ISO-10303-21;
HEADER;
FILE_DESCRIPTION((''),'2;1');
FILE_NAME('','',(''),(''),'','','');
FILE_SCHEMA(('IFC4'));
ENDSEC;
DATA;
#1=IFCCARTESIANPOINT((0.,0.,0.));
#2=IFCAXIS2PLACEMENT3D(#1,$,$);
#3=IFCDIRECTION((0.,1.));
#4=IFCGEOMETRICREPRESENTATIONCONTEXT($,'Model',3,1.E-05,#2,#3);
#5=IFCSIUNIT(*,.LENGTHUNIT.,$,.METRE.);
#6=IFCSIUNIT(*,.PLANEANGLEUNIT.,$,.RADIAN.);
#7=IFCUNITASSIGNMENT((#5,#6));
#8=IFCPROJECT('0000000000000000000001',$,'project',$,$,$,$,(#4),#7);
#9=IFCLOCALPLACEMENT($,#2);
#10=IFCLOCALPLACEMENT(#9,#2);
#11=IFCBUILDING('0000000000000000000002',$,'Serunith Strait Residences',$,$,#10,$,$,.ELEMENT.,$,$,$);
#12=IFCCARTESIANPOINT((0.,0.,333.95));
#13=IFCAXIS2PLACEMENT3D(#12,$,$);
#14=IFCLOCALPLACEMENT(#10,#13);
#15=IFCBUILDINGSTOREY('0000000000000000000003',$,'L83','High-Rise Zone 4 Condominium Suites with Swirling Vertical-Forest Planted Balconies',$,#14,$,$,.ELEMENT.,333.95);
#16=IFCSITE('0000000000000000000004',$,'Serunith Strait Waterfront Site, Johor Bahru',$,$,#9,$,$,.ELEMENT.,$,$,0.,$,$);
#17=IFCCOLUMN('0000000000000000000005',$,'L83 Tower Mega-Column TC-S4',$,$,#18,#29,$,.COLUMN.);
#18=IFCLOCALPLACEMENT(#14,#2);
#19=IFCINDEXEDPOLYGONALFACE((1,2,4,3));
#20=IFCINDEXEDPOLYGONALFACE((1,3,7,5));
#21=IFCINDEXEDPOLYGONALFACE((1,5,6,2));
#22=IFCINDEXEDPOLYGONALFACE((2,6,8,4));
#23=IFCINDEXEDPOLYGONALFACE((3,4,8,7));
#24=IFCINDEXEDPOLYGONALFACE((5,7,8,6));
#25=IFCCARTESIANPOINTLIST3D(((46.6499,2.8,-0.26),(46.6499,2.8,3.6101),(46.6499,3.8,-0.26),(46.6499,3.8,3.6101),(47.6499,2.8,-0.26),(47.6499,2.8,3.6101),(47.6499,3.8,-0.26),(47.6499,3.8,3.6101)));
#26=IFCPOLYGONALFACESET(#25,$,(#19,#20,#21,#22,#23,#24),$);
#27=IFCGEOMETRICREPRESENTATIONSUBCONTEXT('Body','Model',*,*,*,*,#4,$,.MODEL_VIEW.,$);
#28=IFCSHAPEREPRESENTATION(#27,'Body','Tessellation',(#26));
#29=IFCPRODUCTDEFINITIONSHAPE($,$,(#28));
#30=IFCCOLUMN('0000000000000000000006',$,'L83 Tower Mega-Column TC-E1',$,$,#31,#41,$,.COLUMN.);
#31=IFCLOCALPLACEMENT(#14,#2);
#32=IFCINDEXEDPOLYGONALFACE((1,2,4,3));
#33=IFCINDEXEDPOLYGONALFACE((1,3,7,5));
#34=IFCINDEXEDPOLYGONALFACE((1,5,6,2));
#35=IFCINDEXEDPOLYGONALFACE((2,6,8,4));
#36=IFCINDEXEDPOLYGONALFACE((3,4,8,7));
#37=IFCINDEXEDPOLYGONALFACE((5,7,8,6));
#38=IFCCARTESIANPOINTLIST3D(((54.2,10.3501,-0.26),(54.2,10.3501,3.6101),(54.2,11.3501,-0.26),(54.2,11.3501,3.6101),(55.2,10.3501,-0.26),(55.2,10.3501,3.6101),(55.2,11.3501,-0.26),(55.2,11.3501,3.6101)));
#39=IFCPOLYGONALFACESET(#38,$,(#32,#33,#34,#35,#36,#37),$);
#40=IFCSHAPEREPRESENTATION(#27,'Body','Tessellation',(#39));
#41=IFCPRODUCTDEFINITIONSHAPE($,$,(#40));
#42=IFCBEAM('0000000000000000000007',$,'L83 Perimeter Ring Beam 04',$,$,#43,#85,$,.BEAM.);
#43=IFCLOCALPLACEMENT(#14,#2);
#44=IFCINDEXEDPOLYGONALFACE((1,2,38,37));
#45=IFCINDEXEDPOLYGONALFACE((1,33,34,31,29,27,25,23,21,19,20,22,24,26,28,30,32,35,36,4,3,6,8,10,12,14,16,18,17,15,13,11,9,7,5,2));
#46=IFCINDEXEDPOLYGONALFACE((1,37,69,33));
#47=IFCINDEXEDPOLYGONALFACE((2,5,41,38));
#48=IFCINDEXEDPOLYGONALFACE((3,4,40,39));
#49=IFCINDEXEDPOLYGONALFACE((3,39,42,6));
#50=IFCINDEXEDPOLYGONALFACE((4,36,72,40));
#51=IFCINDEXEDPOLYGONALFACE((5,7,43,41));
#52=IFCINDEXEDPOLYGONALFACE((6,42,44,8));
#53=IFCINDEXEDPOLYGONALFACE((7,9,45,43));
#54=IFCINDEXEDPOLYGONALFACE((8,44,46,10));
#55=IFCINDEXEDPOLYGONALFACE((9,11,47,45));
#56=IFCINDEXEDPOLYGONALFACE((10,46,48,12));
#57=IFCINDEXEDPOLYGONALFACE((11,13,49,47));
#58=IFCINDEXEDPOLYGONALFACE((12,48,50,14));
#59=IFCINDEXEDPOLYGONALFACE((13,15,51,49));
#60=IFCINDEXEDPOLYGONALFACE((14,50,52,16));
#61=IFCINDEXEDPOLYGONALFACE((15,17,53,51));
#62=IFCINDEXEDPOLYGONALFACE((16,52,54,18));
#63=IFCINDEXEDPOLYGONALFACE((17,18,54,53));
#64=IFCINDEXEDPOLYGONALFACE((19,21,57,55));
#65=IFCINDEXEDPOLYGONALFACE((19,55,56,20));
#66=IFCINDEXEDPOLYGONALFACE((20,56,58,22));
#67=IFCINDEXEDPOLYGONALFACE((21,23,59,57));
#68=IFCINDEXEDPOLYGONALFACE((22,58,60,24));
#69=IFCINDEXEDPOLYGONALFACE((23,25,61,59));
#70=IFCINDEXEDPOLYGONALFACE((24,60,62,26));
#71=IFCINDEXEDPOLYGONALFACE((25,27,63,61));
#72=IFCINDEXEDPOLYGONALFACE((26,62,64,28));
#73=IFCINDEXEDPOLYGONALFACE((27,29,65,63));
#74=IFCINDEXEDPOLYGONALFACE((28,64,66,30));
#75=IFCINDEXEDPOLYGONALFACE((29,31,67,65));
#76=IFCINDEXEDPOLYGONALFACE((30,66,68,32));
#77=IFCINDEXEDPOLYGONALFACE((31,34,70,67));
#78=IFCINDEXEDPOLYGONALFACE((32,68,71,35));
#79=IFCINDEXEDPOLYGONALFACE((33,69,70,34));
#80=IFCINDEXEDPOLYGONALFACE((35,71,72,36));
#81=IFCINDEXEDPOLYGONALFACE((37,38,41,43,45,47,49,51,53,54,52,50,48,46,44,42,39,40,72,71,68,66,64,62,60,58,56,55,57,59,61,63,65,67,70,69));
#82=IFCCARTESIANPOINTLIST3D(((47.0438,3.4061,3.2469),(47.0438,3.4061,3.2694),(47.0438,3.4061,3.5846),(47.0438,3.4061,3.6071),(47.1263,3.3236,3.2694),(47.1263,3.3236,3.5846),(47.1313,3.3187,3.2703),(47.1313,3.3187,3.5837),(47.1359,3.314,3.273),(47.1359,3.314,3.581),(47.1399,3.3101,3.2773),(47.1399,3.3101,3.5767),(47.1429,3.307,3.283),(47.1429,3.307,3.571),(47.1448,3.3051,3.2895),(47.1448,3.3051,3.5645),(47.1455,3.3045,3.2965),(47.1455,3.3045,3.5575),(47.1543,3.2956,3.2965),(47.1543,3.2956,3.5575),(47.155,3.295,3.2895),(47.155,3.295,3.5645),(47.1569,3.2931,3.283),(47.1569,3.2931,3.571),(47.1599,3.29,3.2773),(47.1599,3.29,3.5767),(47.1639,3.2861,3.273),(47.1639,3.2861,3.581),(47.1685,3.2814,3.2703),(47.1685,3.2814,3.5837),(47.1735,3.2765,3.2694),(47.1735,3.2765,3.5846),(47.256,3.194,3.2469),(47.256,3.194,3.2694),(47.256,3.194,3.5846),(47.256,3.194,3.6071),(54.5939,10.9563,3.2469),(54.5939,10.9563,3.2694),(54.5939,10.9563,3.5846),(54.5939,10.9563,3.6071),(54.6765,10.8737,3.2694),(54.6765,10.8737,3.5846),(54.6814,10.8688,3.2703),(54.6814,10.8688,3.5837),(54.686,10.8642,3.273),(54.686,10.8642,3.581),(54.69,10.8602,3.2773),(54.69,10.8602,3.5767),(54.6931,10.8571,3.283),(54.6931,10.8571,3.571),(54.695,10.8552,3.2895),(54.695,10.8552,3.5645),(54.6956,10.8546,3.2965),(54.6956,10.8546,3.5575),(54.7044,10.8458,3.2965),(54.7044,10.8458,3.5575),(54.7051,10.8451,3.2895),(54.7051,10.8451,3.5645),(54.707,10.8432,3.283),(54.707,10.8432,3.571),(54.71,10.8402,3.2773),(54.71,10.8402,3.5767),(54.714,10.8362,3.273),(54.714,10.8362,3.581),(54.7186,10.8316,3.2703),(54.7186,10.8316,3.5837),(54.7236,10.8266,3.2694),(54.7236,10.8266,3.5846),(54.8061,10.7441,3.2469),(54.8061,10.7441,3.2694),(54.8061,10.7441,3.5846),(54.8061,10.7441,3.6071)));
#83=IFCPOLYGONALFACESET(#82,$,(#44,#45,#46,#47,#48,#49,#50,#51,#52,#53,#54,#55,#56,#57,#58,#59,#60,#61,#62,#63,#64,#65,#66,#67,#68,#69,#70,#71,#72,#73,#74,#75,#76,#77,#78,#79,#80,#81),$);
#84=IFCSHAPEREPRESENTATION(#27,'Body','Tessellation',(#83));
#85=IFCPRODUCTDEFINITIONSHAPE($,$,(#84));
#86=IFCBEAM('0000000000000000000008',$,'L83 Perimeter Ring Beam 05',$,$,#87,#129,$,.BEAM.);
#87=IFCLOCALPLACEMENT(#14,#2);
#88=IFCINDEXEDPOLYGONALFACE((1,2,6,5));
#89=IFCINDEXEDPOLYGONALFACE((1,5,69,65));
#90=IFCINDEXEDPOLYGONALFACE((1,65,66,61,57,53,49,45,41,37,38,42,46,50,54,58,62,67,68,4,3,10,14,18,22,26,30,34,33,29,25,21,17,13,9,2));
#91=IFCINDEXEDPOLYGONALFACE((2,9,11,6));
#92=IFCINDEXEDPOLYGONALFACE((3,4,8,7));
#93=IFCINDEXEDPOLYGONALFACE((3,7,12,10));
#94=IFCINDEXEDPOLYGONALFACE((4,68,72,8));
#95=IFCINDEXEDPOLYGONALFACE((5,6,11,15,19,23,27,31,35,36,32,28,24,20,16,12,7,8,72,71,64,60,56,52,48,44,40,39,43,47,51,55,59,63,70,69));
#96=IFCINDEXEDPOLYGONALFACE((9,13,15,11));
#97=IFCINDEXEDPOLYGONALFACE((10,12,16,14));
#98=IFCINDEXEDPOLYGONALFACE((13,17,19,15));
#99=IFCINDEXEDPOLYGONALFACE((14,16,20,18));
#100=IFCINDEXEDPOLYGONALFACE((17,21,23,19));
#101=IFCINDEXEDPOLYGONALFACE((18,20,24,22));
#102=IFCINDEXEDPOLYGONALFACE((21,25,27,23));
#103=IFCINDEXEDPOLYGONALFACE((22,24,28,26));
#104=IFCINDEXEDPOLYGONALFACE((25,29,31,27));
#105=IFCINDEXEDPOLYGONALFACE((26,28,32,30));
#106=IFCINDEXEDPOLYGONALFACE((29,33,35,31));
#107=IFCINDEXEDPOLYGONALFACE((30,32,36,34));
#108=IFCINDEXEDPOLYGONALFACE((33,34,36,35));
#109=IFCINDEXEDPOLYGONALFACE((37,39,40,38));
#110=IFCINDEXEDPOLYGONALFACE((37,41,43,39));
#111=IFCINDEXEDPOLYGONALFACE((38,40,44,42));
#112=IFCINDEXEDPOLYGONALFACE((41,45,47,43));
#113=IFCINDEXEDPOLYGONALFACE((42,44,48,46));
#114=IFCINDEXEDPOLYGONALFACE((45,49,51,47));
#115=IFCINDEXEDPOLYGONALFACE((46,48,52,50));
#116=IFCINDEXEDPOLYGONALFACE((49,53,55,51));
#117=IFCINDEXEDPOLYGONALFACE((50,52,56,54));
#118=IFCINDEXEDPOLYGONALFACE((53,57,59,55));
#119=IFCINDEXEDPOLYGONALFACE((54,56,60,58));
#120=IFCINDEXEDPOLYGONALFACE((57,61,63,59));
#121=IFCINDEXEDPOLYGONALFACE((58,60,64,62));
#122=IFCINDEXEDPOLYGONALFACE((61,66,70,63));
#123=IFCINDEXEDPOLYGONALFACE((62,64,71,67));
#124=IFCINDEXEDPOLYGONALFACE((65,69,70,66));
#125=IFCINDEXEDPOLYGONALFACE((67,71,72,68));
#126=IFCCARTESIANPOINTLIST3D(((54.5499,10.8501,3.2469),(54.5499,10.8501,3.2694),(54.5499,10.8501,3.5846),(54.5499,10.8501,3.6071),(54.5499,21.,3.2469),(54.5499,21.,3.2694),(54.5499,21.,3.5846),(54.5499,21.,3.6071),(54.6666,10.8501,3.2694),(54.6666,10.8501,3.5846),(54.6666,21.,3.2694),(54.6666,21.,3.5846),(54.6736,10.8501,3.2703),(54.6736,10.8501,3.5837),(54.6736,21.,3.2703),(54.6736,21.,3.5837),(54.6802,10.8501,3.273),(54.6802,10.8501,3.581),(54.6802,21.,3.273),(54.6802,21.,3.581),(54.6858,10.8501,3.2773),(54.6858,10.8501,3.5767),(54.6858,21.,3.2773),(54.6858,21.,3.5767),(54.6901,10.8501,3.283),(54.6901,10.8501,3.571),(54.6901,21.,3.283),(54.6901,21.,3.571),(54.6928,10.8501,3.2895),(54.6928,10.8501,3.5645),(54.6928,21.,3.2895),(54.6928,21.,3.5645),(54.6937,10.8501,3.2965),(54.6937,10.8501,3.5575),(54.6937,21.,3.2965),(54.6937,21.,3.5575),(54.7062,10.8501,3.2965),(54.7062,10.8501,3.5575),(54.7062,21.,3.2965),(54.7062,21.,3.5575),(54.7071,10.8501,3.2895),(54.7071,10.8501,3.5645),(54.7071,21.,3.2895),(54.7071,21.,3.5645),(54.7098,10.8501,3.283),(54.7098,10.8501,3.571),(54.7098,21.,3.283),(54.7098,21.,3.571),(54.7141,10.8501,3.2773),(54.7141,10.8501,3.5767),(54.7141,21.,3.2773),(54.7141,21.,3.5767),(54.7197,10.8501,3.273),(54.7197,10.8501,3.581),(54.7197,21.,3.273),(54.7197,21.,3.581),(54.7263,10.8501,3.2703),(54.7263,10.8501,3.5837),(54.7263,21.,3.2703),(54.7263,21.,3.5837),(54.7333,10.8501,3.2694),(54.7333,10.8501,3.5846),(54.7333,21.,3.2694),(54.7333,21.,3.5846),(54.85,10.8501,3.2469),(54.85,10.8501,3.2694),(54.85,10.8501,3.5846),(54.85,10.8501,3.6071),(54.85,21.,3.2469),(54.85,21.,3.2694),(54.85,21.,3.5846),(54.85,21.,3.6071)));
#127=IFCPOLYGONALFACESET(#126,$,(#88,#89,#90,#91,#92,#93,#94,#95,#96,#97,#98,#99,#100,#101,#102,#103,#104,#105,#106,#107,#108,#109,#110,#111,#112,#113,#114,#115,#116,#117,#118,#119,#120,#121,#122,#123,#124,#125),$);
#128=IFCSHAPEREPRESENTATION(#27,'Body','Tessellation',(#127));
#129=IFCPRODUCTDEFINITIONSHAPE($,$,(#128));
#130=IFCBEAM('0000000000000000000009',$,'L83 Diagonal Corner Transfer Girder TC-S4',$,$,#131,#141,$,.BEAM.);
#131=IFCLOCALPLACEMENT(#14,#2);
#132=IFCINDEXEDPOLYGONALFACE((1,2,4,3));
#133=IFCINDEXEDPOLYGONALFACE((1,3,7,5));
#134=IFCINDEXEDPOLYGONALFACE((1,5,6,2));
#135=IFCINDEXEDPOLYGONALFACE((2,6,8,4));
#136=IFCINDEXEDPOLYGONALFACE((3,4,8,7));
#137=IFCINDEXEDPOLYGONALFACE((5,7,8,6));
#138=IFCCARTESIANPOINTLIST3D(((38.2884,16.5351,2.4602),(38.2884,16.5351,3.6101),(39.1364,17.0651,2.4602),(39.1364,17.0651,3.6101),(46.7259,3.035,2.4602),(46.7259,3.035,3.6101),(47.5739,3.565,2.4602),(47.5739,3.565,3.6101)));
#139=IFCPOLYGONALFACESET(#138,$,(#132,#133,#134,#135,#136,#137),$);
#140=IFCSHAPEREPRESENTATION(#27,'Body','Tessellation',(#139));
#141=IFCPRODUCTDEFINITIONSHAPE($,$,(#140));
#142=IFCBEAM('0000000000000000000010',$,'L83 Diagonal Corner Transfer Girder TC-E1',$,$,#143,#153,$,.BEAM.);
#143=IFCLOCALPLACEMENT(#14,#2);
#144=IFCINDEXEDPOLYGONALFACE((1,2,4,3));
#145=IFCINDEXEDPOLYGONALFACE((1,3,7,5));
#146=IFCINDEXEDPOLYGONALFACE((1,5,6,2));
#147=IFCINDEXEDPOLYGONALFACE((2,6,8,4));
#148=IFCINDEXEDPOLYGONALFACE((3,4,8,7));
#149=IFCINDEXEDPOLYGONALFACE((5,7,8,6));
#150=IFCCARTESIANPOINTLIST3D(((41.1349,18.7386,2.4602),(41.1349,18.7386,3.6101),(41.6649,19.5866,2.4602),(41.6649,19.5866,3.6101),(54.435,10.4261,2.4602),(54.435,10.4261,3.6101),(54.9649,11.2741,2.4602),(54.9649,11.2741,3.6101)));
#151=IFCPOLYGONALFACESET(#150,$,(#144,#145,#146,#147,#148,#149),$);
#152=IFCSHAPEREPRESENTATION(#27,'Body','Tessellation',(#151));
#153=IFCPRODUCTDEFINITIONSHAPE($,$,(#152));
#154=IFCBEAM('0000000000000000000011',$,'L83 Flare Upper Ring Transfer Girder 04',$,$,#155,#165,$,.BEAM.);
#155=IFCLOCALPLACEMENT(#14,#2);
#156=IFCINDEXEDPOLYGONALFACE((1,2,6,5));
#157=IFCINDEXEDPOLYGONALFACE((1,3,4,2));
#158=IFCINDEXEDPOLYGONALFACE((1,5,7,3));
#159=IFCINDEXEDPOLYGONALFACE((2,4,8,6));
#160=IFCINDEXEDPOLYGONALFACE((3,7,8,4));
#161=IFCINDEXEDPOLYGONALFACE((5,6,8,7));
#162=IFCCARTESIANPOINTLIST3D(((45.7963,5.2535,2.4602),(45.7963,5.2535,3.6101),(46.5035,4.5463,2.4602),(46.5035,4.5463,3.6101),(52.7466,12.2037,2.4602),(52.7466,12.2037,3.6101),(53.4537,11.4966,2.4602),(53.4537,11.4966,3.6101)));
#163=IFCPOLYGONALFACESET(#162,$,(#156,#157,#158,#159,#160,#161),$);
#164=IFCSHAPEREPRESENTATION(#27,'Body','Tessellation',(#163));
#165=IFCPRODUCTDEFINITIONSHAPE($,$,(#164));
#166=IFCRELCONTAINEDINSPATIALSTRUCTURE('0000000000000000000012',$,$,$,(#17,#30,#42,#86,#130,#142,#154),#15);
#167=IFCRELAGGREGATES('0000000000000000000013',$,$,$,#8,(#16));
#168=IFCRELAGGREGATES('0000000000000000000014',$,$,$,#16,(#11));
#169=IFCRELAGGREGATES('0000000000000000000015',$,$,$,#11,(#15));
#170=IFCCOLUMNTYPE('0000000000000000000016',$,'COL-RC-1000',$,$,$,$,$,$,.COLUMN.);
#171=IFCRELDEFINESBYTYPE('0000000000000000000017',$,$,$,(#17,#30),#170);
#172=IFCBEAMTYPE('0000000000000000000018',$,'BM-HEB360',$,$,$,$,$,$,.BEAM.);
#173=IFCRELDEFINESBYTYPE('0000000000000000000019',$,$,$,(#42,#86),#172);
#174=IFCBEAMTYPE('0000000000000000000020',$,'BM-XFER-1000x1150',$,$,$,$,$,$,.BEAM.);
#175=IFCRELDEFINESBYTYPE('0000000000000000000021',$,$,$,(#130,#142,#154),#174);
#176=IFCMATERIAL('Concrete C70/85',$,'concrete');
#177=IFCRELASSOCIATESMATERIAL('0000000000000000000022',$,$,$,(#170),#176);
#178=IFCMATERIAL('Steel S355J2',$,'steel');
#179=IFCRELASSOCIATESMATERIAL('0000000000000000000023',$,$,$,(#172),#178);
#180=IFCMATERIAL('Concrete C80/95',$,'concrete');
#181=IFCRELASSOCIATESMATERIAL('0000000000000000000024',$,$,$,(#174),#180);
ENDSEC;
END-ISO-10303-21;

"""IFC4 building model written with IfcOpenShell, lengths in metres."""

from ifc_helpers import new_model, si_unit, direction, frame, origin, origin_2d, place, context, subcontext, project, spatial, rectangle, i_section, extrude, source, transform, mapped, material, material_profile, profile_set, type_object, element, save


model = new_model("IFC4")

# Units and contexts
model_context = context("Model", 3, precision=1e-05, world=origin(), true_north=direction((0.0, 1.0)))
body_context = subcontext(model_context, "Body", "Model", "MODEL_VIEW")
ifc_project = project(units=[si_unit("LENGTHUNIT", "METRE"), si_unit("PLANEANGLEUNIT", "RADIAN")], contexts=[model_context])

# Site, building, storey
site_placement = place(None, origin())
site = spatial("IfcSite", under=ifc_project, at=site_placement, Name="Serunith Strait Waterfront Site, Johor Bahru", CompositionType="ELEMENT", RefElevation=0.0)
building_placement = place(site_placement, origin())
building = spatial("IfcBuilding", under=site, at=building_placement, Name="Serunith Strait Residences", CompositionType="ELEMENT")
storey_placement = place(building_placement, frame((0.0, 0.0, 333.95)))
storey = spatial("IfcBuildingStorey", under=building, at=storey_placement, Name="L83", Description="High-Rise Zone 4 Condominium Suites with Swirling Vertical-Forest Planted Balconies", CompositionType="ELEMENT", Elevation=333.95)

# Columns
ifc_material_1 = material(Name="Concrete C70/85", Category="concrete")
ifc_material_profile_1 = material_profile(ifc_material_1, rectangle(XDim=1.0, YDim=1.0, at=origin_2d()), Name="RC 1000x1000")
ifc_profile_set_1 = profile_set([ifc_material_profile_1], Name="Concrete C70/85")
column_type = type_object("IfcColumnType", Name="COL-RC-1000", PredefinedType="COLUMN", material=ifc_profile_set_1)
shared_shape_1 = source(origin(), body_context, "Body", "SweptSolid", [
    extrude(rectangle(XDim=1.0, YDim=1.0, at=origin_2d()), origin(), (0.0, 0.0, 1.0), 3.8701),
])
for number, where, z_axis, x_axis, name in (
    (1, (47.1499, 3.3, -0.26), (0.0, 0.0, 1.0), (1.0, 0.0, 0.0), "L83 Tower Mega-Column TC-S4"),
    (2, (54.7, 10.8501, -0.26), (0.0, 0.0, 1.0), (1.0, 0.0, 0.0), "L83 Tower Mega-Column TC-E1"),
):
    element("IfcColumn", number, at=place(storey_placement, frame(where, z_axis=z_axis, x_axis=x_axis)), inside=storey, type_object=column_type, Name=name, PredefinedType="COLUMN", context=body_context, shape_type="MappedRepresentation", body=[
        mapped(shared_shape_1, transform((0.0, 0.0, 0.0), scale=1.0)),
    ])

# Beams
ifc_material_2 = material(Name="Steel S355J2", Category="steel")
ifc_material_profile_2 = material_profile(ifc_material_2, i_section(OverallWidth=0.3, OverallDepth=0.3601, WebThickness=0.0125, FlangeThickness=0.0225, FilletRadius=0.0271, at=origin_2d()), Name="HEB 360")
ifc_profile_set_2 = profile_set([ifc_material_profile_2], Name="Steel S355J2")
beam_type_1 = type_object("IfcBeamType", Name="BM-HEB360", PredefinedType="BEAM", material=ifc_profile_set_2)
shared_shape_2 = source(origin(), body_context, "Body", "SweptSolid", [
    extrude(i_section(OverallWidth=0.3, OverallDepth=0.3601, WebThickness=0.0125, FlangeThickness=0.0225, FilletRadius=0.0271, at=origin_2d()), origin(), (0.0, 0.0, 1.0), 10.6775),
])
beam_1_placement = place(storey_placement, frame((47.1499, 3.3, 3.427), z_axis=(0.707107, 0.707107, 0.0), x_axis=(-0.707107, 0.707107, 0.0)))
element("IfcBeam", 3, at=beam_1_placement, inside=storey, type_object=beam_type_1, Name="L83 Perimeter Ring Beam 04", PredefinedType="BEAM", context=body_context, shape_type="MappedRepresentation", body=[
    mapped(shared_shape_2, transform((0.0, 0.0, 0.0), scale=1.0)),
])
shared_shape_3 = source(origin(), body_context, "Body", "SweptSolid", [
    extrude(i_section(OverallWidth=0.3, OverallDepth=0.3601, WebThickness=0.0125, FlangeThickness=0.0225, FilletRadius=0.0271, at=origin_2d()), origin(), (0.0, 0.0, 1.0), 10.1499),
])
beam_2_placement = place(storey_placement, frame((54.7, 10.8501, 3.427), z_axis=(0.0, 1.0, 0.0), x_axis=(-1.0, 0.0, 0.0)))
element("IfcBeam", 4, at=beam_2_placement, inside=storey, type_object=beam_type_1, Name="L83 Perimeter Ring Beam 05", PredefinedType="BEAM", context=body_context, shape_type="MappedRepresentation", body=[
    mapped(shared_shape_3, transform((0.0, 0.0, 0.0), scale=1.0)),
])
ifc_material_3 = material(Name="Concrete C80/95", Category="concrete")
ifc_material_profile_3 = material_profile(ifc_material_3, rectangle(XDim=1.0, YDim=1.1499, at=origin_2d()), Name="RC 1000x1150")
ifc_profile_set_3 = profile_set([ifc_material_profile_3], Name="Concrete C80/95")
beam_type_2 = type_object("IfcBeamType", Name="BM-XFER-1000x1150", PredefinedType="BEAM", material=ifc_profile_set_3)
shared_shape_4 = source(origin(), body_context, "Body", "SweptSolid", [
    extrude(rectangle(XDim=1.0, YDim=1.1499, at=origin_2d()), origin(), (0.0, 0.0, 1.0), 15.9199),
])
beam_3_placement = place(storey_placement, frame((47.1499, 3.3, 3.0352), z_axis=(-0.529999, 0.847998, 0.0), x_axis=(-0.847998, -0.529999, 0.0)))
element("IfcBeam", 5, at=beam_3_placement, inside=storey, type_object=beam_type_2, Name="L83 Diagonal Corner Transfer Girder TC-S4", PredefinedType="BEAM", context=body_context, shape_type="MappedRepresentation", body=[
    mapped(shared_shape_4, transform((0.0, 0.0, 0.0), scale=1.0)),
])
shared_shape_5 = source(origin(), body_context, "Body", "SweptSolid", [
    extrude(rectangle(XDim=1.0, YDim=1.1499, at=origin_2d()), origin(), (0.0, 0.0, 1.0), 15.6841),
])
beam_4_placement = place(storey_placement, frame((54.7, 10.8501, 3.0352), z_axis=(-0.847999, 0.529998, 0.0), x_axis=(-0.529998, -0.847999, 0.0)))
element("IfcBeam", 6, at=beam_4_placement, inside=storey, type_object=beam_type_2, Name="L83 Diagonal Corner Transfer Girder TC-E1", PredefinedType="BEAM", context=body_context, shape_type="MappedRepresentation", body=[
    mapped(shared_shape_5, transform((0.0, 0.0, 0.0), scale=1.0)),
])
shared_shape_6 = source(origin(), body_context, "Body", "SweptSolid", [
    extrude(rectangle(XDim=1.0, YDim=1.1499, at=origin_2d()), origin(), (0.0, 0.0, 1.0), 9.8291),
])
beam_5_placement = place(storey_placement, frame((46.1499, 4.8999, 3.0352), z_axis=(0.707107, 0.707107, 0.0), x_axis=(-0.707107, 0.707107, 0.0)))
element("IfcBeam", 7, at=beam_5_placement, inside=storey, type_object=beam_type_2, Name="L83 Flare Upper Ring Transfer Girder 04", PredefinedType="BEAM", context=body_context, shape_type="MappedRepresentation", body=[
    mapped(shared_shape_6, transform((0.0, 0.0, 0.0), scale=1.0)),
])

save(model, "model.ifc")
